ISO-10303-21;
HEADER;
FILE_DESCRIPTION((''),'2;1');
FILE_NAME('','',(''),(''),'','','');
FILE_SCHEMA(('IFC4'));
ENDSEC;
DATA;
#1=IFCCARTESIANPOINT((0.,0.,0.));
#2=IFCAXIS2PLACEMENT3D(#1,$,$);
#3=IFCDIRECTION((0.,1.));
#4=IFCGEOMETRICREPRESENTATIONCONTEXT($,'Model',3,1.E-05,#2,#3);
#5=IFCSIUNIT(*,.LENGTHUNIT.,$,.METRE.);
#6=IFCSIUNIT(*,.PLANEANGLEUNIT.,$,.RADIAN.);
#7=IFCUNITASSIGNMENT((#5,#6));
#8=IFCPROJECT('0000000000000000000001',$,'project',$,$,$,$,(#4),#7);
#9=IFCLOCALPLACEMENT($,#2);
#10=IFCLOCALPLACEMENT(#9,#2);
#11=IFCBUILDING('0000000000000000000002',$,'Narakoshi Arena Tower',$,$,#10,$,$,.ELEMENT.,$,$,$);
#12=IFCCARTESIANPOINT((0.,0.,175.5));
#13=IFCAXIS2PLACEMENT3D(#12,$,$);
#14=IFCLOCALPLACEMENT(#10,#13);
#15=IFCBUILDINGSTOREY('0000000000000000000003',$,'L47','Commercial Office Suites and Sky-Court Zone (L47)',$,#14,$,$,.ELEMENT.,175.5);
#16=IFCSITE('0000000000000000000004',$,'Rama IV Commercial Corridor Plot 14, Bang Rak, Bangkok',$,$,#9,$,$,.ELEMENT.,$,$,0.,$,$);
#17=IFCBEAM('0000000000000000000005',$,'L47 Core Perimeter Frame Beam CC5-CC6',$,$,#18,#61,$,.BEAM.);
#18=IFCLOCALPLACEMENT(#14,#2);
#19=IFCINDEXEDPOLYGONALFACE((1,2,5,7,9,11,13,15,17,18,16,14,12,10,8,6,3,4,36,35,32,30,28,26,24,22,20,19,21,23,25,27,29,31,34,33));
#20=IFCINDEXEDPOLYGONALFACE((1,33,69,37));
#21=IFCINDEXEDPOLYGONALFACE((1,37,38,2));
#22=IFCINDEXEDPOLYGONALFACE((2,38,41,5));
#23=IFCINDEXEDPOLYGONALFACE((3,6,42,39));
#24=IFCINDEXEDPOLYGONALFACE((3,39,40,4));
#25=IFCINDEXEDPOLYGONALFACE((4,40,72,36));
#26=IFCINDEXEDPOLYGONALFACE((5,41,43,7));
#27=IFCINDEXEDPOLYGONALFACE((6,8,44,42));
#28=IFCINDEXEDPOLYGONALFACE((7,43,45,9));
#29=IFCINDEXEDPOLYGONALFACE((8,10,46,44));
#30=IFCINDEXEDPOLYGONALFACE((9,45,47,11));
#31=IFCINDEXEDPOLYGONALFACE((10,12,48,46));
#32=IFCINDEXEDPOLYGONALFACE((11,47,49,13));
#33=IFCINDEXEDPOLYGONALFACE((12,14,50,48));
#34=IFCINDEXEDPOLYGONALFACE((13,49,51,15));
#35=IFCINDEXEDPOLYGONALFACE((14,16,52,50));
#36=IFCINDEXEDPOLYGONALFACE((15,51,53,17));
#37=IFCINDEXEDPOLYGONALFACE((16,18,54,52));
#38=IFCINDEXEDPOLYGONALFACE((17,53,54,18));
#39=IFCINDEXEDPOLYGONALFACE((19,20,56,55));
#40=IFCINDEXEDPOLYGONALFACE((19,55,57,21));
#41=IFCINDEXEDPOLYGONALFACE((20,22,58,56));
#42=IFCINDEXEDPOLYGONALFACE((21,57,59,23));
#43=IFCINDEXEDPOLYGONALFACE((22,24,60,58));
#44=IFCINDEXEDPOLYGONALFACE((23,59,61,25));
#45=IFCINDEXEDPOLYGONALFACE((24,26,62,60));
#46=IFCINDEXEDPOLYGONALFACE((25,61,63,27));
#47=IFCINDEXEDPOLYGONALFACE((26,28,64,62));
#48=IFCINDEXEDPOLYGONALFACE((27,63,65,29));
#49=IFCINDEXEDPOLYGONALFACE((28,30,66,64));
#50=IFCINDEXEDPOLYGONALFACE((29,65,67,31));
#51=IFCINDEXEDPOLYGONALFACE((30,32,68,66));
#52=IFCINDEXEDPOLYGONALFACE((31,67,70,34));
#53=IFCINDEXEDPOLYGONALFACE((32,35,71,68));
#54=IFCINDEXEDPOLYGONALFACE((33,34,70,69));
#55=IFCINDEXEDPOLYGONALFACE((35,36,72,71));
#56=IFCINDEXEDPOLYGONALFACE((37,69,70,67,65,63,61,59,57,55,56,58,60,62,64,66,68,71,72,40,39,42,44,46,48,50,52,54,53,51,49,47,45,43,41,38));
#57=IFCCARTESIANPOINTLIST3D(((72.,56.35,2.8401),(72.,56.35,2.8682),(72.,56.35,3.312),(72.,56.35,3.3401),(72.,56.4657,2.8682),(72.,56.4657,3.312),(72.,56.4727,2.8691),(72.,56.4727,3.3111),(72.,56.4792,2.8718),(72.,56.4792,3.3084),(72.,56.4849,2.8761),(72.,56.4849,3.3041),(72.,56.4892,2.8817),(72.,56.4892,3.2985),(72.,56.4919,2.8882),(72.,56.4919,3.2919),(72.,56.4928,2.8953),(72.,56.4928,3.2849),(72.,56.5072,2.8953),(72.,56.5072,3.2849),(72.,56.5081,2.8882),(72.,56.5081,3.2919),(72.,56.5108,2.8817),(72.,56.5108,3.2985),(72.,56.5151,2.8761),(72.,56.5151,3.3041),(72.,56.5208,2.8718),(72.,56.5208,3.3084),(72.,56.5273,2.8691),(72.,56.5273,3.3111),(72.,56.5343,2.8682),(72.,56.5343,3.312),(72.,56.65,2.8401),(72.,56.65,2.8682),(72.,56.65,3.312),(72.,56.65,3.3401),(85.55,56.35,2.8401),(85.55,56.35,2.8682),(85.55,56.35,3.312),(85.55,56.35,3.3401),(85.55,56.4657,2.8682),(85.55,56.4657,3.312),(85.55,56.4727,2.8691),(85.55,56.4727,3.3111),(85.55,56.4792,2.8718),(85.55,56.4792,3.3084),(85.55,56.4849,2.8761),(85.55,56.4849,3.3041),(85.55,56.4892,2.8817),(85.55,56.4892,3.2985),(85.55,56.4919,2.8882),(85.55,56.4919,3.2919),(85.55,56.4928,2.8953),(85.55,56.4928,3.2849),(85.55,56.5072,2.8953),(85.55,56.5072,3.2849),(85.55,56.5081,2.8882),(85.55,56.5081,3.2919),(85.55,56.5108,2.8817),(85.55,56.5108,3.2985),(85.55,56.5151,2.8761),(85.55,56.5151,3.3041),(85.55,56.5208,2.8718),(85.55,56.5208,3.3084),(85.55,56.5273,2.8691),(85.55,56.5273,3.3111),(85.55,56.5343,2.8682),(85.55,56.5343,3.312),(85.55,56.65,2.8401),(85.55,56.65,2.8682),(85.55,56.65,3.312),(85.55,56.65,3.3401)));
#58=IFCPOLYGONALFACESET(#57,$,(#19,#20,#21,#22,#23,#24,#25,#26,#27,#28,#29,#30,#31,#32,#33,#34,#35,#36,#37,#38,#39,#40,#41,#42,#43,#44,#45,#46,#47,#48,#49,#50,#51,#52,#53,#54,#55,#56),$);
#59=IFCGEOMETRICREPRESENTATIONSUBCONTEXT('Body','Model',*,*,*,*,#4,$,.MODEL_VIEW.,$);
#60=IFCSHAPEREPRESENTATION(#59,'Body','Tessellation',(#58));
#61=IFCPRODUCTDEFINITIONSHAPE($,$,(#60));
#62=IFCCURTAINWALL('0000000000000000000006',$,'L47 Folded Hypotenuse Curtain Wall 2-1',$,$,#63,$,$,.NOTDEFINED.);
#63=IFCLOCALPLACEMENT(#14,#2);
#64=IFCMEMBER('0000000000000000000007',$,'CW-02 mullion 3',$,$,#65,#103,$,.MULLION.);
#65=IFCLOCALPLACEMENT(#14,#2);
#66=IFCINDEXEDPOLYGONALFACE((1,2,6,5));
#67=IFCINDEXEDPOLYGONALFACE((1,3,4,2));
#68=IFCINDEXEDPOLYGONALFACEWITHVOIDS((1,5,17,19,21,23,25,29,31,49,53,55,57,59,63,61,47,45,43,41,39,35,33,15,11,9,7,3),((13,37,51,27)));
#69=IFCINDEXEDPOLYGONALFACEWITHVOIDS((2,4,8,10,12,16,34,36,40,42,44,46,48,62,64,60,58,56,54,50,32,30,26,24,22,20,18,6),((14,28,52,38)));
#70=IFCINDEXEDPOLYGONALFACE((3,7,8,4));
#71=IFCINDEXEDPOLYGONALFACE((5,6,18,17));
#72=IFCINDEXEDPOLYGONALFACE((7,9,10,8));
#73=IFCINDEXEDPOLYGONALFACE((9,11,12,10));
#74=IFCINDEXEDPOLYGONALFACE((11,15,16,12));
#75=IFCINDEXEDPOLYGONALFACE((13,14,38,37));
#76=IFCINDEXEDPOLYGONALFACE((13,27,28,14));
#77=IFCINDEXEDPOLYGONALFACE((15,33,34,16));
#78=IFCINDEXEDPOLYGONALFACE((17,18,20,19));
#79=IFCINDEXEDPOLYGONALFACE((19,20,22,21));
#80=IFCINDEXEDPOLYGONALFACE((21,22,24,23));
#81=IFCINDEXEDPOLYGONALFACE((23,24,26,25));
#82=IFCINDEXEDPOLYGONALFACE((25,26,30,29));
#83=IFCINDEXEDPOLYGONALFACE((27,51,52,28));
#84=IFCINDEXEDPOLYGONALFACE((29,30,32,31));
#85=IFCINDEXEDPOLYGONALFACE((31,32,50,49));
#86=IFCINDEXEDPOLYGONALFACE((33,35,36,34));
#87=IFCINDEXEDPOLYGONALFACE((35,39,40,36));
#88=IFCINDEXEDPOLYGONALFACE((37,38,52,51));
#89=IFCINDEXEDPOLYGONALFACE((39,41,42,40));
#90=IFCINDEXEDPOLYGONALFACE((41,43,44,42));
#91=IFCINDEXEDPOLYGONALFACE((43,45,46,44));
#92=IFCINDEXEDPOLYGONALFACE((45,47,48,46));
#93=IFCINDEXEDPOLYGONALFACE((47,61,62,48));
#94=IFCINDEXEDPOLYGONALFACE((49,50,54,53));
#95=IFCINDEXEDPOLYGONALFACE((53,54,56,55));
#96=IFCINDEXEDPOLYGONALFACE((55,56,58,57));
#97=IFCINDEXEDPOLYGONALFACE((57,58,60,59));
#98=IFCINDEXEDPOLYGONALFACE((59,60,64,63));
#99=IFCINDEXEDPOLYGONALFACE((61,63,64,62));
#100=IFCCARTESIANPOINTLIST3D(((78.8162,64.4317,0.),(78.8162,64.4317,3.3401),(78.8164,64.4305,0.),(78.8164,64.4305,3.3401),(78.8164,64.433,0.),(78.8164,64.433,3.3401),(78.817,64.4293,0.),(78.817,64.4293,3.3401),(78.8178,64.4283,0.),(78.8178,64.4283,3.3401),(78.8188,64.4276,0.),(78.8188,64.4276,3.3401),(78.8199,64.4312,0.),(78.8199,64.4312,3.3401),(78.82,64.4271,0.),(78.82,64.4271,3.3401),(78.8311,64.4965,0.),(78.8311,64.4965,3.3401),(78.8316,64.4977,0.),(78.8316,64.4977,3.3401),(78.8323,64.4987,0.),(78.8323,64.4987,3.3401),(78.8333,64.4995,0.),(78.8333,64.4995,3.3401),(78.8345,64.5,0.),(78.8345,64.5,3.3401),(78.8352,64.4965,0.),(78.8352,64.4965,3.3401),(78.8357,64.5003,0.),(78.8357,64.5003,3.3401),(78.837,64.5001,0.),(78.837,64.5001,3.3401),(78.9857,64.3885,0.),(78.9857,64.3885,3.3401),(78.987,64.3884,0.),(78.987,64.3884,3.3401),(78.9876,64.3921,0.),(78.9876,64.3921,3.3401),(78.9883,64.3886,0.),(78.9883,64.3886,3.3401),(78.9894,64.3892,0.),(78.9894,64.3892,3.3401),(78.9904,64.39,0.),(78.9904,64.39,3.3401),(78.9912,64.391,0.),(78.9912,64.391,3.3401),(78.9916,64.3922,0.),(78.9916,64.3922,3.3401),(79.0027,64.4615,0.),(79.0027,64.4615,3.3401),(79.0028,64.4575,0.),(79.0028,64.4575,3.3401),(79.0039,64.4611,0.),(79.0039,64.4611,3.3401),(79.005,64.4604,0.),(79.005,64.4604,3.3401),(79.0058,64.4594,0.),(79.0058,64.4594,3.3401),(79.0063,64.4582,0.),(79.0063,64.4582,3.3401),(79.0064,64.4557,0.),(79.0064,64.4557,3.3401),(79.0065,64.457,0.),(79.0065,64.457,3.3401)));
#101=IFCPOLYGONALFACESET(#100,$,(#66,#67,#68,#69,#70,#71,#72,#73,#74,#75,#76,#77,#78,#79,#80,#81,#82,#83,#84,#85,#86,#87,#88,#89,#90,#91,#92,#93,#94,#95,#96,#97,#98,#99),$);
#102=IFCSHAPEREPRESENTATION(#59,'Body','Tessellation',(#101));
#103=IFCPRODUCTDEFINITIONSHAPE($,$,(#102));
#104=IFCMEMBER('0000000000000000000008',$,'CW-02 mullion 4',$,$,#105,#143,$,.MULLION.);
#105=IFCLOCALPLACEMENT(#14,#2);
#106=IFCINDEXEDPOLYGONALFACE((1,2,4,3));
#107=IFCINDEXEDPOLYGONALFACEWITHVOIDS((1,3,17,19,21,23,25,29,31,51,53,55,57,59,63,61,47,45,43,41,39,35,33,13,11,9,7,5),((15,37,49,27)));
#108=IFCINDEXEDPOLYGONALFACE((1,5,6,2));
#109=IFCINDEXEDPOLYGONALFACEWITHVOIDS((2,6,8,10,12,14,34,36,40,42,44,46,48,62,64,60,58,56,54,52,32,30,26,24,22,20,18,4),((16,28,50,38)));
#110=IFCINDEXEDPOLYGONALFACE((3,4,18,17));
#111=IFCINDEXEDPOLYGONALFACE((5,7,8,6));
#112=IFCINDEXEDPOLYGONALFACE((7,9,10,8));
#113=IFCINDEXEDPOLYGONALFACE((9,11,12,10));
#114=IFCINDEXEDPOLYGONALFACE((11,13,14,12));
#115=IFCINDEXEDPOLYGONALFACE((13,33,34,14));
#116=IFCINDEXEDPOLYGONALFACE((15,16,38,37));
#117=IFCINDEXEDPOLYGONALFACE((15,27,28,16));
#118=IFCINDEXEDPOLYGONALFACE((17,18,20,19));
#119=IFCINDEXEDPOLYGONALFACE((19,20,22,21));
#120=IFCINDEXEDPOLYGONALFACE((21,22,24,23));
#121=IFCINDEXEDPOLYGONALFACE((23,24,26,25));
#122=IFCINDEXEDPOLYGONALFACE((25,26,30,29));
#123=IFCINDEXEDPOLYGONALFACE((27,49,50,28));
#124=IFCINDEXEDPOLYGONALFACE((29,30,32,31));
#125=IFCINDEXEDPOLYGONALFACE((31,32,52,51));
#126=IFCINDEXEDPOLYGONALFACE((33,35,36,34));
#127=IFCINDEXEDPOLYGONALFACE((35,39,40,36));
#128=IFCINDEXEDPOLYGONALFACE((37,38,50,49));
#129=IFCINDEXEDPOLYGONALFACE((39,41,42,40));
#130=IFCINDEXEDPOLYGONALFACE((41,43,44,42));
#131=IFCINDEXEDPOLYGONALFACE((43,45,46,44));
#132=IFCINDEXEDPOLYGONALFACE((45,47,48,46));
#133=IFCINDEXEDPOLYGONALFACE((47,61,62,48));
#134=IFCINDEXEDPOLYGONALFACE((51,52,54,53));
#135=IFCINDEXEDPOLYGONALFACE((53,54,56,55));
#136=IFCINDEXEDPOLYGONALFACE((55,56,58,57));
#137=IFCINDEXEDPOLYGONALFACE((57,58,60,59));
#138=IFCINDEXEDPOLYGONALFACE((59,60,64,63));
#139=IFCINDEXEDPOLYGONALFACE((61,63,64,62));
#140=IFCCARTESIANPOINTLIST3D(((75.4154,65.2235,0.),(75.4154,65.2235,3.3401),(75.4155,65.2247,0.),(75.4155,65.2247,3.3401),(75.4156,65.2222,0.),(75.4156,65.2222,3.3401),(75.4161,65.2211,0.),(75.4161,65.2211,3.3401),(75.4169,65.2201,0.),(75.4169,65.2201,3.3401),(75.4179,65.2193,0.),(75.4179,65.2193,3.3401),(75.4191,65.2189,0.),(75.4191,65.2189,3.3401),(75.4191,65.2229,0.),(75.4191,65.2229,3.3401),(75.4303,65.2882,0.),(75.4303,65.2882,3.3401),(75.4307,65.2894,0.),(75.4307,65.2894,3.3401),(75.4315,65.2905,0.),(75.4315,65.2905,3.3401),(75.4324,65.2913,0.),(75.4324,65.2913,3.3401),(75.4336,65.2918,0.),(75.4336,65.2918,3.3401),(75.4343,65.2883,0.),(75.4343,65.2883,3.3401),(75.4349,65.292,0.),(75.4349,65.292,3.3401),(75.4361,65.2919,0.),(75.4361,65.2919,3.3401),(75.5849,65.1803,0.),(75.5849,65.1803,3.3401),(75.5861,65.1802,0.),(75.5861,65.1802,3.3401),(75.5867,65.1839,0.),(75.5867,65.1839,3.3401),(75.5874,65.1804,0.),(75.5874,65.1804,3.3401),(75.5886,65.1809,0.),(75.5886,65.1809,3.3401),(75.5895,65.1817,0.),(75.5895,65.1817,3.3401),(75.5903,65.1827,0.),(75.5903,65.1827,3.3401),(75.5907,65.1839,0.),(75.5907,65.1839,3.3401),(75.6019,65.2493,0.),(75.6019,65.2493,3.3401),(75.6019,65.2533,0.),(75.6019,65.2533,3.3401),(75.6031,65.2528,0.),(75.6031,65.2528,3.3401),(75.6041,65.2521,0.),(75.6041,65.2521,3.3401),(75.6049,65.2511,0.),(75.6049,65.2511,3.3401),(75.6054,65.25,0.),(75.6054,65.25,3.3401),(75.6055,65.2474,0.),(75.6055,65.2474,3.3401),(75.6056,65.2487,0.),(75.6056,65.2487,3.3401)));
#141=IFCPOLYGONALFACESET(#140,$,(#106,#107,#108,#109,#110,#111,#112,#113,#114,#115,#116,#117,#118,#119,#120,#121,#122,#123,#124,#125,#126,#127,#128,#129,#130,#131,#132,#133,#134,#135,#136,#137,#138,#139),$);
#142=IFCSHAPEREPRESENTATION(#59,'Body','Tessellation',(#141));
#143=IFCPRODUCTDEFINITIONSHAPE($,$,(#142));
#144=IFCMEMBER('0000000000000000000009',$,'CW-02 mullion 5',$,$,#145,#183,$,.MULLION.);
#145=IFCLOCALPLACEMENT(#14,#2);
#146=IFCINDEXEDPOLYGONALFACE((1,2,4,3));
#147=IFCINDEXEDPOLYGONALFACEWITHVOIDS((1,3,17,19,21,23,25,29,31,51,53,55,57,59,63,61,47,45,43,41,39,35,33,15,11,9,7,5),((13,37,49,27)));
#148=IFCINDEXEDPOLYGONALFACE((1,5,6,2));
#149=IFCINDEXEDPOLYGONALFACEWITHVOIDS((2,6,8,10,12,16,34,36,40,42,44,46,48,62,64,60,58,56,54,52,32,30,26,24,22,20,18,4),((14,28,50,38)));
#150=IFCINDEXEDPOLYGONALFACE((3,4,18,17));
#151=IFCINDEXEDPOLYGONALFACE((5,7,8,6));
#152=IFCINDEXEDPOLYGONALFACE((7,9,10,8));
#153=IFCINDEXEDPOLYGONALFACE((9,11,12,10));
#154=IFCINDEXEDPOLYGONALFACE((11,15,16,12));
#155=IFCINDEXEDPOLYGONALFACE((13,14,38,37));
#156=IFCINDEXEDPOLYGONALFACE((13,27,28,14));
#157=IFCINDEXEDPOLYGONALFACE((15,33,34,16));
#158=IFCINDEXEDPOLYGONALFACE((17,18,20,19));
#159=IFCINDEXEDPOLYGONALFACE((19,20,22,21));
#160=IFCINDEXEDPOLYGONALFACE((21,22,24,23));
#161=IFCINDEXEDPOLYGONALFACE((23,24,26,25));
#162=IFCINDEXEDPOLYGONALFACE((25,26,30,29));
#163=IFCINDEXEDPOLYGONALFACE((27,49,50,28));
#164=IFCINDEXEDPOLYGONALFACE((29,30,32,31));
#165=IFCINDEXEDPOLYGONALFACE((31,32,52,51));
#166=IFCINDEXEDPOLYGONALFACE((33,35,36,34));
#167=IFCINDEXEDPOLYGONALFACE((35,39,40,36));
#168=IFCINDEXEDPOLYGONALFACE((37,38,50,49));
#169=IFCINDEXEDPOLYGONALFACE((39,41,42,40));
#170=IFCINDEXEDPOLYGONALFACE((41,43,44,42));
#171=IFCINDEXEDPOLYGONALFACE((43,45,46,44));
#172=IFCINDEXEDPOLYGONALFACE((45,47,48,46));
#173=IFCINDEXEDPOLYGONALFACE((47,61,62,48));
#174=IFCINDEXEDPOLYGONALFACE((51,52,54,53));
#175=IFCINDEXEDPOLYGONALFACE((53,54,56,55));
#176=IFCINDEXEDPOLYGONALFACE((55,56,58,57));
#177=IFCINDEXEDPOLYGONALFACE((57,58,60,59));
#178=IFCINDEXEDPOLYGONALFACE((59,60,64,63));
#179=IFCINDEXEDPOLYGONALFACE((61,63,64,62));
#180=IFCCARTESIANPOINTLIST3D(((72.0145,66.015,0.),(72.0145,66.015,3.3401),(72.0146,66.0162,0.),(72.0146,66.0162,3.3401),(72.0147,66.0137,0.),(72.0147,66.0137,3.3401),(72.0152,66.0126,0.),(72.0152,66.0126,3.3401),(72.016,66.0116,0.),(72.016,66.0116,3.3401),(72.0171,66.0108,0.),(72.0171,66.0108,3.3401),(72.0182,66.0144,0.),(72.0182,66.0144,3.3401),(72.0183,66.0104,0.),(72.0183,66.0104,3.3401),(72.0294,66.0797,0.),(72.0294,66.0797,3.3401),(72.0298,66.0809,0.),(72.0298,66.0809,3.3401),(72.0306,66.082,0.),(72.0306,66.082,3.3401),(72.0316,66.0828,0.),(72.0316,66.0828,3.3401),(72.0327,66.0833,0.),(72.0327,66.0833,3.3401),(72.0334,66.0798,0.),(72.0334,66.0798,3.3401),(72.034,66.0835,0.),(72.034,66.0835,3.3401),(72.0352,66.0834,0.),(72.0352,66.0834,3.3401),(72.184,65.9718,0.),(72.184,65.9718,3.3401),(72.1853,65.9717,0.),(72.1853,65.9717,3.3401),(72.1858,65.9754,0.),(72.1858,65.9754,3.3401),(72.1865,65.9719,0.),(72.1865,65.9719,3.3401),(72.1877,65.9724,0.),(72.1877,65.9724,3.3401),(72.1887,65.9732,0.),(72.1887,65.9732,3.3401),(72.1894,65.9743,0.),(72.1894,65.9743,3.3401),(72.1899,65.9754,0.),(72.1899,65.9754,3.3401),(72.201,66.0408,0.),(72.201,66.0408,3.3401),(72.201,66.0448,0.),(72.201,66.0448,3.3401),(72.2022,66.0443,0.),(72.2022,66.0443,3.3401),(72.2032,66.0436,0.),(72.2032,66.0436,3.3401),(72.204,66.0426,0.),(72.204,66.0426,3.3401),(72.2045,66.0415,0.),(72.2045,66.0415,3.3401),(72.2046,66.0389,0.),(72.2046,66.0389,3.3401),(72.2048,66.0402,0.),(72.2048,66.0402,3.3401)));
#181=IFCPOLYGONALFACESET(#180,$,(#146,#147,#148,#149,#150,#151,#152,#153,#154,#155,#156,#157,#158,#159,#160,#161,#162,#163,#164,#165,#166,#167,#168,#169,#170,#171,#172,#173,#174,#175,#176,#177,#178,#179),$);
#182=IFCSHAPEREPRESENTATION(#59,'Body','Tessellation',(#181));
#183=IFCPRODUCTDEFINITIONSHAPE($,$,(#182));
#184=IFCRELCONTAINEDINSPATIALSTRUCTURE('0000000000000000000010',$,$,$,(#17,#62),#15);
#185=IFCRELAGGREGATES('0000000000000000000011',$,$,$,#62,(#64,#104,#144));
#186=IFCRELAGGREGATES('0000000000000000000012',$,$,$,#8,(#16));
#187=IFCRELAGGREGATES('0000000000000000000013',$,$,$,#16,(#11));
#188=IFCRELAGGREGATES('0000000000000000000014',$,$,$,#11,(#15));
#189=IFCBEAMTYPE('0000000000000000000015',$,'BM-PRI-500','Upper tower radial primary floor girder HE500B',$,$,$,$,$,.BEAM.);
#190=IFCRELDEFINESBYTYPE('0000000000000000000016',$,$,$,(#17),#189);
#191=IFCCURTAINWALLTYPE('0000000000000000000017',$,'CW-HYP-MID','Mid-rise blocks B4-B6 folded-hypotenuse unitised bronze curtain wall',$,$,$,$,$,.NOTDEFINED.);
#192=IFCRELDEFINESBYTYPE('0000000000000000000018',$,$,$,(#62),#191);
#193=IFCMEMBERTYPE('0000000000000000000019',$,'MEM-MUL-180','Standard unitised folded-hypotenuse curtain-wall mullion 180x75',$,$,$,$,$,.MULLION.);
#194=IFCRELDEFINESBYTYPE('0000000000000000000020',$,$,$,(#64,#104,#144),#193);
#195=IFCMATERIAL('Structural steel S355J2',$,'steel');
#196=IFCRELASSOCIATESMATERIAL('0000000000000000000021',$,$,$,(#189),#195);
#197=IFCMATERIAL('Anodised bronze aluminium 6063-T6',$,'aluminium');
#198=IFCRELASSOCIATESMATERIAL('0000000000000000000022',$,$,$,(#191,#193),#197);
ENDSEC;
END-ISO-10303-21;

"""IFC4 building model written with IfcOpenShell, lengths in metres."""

from ifc_helpers import new_model, si_unit, direction, frame, origin, origin_2d, place, context, subcontext, project, spatial, hollow_rectangle, i_section, extrude, material, material_profile, profile_set, type_object, element, aggregate, save


model = new_model("IFC4")

# Units and contexts
model_context = context("Model", 3, precision=1e-05, world=origin(), true_north=direction((0.0, 1.0)))
body_context = subcontext(model_context, "Body", "Model", "MODEL_VIEW")
ifc_project = project(units=[si_unit("LENGTHUNIT", "METRE"), si_unit("PLANEANGLEUNIT", "RADIAN")], contexts=[model_context])

# Site, building, storey
site_placement = place(None, origin())
site = spatial("IfcSite", under=ifc_project, at=site_placement, Name="Rama IV Commercial Corridor Plot 14, Bang Rak, Bangkok", CompositionType="ELEMENT", RefElevation=0.0)
building_placement = place(site_placement, origin())
building = spatial("IfcBuilding", under=site, at=building_placement, Name="Narakoshi Arena Tower", CompositionType="ELEMENT")
storey_placement = place(building_placement, frame((0.0, 0.0, 175.5)))
storey = spatial("IfcBuildingStorey", under=building, at=storey_placement, Name="L47", Description="Commercial Office Suites and Sky-Court Zone (L47)", CompositionType="ELEMENT", Elevation=175.5)

# Beam
ifc_material_1 = material(Name="Structural steel S355J2", Category="steel")
ifc_material_profile_1 = material_profile(ifc_material_1, i_section(OverallWidth=0.3, OverallDepth=0.5, WebThickness=0.0144, FlangeThickness=0.0281, FilletRadius=0.0271, at=origin_2d()), Name="HE500B")
ifc_profile_set_1 = profile_set([ifc_material_profile_1], Name="Structural steel S355J2")
beam_type = type_object("IfcBeamType", Name="BM-PRI-500", Description="Upper tower radial primary floor girder HE500B", PredefinedType="BEAM", material=ifc_profile_set_1)
beam_1_placement = place(storey_placement, frame((72.0, 56.5, 3.0901), z_axis=(1.0, 0.0, 0.0), x_axis=(0.0, 1.0, 0.0)))
element("IfcBeam", 1, at=beam_1_placement, inside=storey, type_object=beam_type, Name="L47 Core Perimeter Frame Beam CC5-CC6", PredefinedType="BEAM", context=body_context, shape_type="SweptSolid", body=[
    extrude(i_section(OverallWidth=0.3, OverallDepth=0.5, WebThickness=0.0144, FlangeThickness=0.0281, FilletRadius=0.0271, at=origin_2d()), origin(), (0.0, 0.0, 1.0), 13.55),
])

# Curtain wall, members
ifc_material_2 = material(Name="Anodised bronze aluminium 6063-T6", Category="aluminium")
curtain_wall_type = type_object("IfcCurtainWallType", Name="CW-HYP-MID", Description="Mid-rise blocks B4-B6 folded-hypotenuse unitised bronze curtain wall", PredefinedType="NOTDEFINED", material=ifc_material_2)
curtain_wall_placement = place(storey_placement, origin())
curtain_wall = element("IfcCurtainWall", 2, at=curtain_wall_placement, inside=storey, type_object=curtain_wall_type, Name="L47 Folded Hypotenuse Curtain Wall 2-1", PredefinedType="NOTDEFINED")
ifc_material_profile_2 = material_profile(ifc_material_2, hollow_rectangle(XDim=0.075, YDim=0.1799, WallThickness=0.0039, OuterFilletRadius=0.0049, at=origin_2d()), Name="MUL180x75x4")
ifc_profile_set_2 = profile_set([ifc_material_profile_2], Name="Anodised bronze aluminium 6063-T6")
member_type_1 = type_object("IfcMemberType", Name="MEM-MUL-180", Description="Standard unitised folded-hypotenuse curtain-wall mullion 180x75", PredefinedType="MULLION", material=ifc_profile_set_2)
member_1_placement = place(storey_placement, frame((78.9114, 64.4443, 0.0), z_axis=(0.0, 0.0, 1.0), x_axis=(-0.226721, -0.97396, 0.0)))
member_1 = element("IfcMember", 3, at=member_1_placement, type_object=member_type_1, Name="CW-02 mullion 3", PredefinedType="MULLION", context=body_context, shape_type="SweptSolid", body=[
    extrude(hollow_rectangle(XDim=0.075, YDim=0.1799, WallThickness=0.0039, OuterFilletRadius=0.0049, at=origin_2d()), origin(), (0.0, 0.0, 1.0), 3.3401),
])
member_2_placement = place(storey_placement, frame((75.5105, 65.2361, 0.0), z_axis=(0.0, 0.0, 1.0), x_axis=(-0.226721, -0.97396, 0.0)))
member_2 = element("IfcMember", 4, at=member_2_placement, type_object=member_type_1, Name="CW-02 mullion 4", PredefinedType="MULLION", context=body_context, shape_type="SweptSolid", body=[
    extrude(hollow_rectangle(XDim=0.075, YDim=0.1799, WallThickness=0.0039, OuterFilletRadius=0.0049, at=origin_2d()), origin(), (0.0, 0.0, 1.0), 3.3401),
])
member_3_placement = place(storey_placement, frame((72.1096, 66.0276, 0.0), z_axis=(0.0, 0.0, 1.0), x_axis=(-0.226721, -0.97396, 0.0)))
member_3 = element("IfcMember", 5, at=member_3_placement, type_object=member_type_1, Name="CW-02 mullion 5", PredefinedType="MULLION", context=body_context, shape_type="SweptSolid", body=[
    extrude(hollow_rectangle(XDim=0.075, YDim=0.1799, WallThickness=0.0039, OuterFilletRadius=0.0049, at=origin_2d()), origin(), (0.0, 0.0, 1.0), 3.3401),
])
aggregate(curtain_wall, [member_1, member_2, member_3])

save(model, "model.ifc")
